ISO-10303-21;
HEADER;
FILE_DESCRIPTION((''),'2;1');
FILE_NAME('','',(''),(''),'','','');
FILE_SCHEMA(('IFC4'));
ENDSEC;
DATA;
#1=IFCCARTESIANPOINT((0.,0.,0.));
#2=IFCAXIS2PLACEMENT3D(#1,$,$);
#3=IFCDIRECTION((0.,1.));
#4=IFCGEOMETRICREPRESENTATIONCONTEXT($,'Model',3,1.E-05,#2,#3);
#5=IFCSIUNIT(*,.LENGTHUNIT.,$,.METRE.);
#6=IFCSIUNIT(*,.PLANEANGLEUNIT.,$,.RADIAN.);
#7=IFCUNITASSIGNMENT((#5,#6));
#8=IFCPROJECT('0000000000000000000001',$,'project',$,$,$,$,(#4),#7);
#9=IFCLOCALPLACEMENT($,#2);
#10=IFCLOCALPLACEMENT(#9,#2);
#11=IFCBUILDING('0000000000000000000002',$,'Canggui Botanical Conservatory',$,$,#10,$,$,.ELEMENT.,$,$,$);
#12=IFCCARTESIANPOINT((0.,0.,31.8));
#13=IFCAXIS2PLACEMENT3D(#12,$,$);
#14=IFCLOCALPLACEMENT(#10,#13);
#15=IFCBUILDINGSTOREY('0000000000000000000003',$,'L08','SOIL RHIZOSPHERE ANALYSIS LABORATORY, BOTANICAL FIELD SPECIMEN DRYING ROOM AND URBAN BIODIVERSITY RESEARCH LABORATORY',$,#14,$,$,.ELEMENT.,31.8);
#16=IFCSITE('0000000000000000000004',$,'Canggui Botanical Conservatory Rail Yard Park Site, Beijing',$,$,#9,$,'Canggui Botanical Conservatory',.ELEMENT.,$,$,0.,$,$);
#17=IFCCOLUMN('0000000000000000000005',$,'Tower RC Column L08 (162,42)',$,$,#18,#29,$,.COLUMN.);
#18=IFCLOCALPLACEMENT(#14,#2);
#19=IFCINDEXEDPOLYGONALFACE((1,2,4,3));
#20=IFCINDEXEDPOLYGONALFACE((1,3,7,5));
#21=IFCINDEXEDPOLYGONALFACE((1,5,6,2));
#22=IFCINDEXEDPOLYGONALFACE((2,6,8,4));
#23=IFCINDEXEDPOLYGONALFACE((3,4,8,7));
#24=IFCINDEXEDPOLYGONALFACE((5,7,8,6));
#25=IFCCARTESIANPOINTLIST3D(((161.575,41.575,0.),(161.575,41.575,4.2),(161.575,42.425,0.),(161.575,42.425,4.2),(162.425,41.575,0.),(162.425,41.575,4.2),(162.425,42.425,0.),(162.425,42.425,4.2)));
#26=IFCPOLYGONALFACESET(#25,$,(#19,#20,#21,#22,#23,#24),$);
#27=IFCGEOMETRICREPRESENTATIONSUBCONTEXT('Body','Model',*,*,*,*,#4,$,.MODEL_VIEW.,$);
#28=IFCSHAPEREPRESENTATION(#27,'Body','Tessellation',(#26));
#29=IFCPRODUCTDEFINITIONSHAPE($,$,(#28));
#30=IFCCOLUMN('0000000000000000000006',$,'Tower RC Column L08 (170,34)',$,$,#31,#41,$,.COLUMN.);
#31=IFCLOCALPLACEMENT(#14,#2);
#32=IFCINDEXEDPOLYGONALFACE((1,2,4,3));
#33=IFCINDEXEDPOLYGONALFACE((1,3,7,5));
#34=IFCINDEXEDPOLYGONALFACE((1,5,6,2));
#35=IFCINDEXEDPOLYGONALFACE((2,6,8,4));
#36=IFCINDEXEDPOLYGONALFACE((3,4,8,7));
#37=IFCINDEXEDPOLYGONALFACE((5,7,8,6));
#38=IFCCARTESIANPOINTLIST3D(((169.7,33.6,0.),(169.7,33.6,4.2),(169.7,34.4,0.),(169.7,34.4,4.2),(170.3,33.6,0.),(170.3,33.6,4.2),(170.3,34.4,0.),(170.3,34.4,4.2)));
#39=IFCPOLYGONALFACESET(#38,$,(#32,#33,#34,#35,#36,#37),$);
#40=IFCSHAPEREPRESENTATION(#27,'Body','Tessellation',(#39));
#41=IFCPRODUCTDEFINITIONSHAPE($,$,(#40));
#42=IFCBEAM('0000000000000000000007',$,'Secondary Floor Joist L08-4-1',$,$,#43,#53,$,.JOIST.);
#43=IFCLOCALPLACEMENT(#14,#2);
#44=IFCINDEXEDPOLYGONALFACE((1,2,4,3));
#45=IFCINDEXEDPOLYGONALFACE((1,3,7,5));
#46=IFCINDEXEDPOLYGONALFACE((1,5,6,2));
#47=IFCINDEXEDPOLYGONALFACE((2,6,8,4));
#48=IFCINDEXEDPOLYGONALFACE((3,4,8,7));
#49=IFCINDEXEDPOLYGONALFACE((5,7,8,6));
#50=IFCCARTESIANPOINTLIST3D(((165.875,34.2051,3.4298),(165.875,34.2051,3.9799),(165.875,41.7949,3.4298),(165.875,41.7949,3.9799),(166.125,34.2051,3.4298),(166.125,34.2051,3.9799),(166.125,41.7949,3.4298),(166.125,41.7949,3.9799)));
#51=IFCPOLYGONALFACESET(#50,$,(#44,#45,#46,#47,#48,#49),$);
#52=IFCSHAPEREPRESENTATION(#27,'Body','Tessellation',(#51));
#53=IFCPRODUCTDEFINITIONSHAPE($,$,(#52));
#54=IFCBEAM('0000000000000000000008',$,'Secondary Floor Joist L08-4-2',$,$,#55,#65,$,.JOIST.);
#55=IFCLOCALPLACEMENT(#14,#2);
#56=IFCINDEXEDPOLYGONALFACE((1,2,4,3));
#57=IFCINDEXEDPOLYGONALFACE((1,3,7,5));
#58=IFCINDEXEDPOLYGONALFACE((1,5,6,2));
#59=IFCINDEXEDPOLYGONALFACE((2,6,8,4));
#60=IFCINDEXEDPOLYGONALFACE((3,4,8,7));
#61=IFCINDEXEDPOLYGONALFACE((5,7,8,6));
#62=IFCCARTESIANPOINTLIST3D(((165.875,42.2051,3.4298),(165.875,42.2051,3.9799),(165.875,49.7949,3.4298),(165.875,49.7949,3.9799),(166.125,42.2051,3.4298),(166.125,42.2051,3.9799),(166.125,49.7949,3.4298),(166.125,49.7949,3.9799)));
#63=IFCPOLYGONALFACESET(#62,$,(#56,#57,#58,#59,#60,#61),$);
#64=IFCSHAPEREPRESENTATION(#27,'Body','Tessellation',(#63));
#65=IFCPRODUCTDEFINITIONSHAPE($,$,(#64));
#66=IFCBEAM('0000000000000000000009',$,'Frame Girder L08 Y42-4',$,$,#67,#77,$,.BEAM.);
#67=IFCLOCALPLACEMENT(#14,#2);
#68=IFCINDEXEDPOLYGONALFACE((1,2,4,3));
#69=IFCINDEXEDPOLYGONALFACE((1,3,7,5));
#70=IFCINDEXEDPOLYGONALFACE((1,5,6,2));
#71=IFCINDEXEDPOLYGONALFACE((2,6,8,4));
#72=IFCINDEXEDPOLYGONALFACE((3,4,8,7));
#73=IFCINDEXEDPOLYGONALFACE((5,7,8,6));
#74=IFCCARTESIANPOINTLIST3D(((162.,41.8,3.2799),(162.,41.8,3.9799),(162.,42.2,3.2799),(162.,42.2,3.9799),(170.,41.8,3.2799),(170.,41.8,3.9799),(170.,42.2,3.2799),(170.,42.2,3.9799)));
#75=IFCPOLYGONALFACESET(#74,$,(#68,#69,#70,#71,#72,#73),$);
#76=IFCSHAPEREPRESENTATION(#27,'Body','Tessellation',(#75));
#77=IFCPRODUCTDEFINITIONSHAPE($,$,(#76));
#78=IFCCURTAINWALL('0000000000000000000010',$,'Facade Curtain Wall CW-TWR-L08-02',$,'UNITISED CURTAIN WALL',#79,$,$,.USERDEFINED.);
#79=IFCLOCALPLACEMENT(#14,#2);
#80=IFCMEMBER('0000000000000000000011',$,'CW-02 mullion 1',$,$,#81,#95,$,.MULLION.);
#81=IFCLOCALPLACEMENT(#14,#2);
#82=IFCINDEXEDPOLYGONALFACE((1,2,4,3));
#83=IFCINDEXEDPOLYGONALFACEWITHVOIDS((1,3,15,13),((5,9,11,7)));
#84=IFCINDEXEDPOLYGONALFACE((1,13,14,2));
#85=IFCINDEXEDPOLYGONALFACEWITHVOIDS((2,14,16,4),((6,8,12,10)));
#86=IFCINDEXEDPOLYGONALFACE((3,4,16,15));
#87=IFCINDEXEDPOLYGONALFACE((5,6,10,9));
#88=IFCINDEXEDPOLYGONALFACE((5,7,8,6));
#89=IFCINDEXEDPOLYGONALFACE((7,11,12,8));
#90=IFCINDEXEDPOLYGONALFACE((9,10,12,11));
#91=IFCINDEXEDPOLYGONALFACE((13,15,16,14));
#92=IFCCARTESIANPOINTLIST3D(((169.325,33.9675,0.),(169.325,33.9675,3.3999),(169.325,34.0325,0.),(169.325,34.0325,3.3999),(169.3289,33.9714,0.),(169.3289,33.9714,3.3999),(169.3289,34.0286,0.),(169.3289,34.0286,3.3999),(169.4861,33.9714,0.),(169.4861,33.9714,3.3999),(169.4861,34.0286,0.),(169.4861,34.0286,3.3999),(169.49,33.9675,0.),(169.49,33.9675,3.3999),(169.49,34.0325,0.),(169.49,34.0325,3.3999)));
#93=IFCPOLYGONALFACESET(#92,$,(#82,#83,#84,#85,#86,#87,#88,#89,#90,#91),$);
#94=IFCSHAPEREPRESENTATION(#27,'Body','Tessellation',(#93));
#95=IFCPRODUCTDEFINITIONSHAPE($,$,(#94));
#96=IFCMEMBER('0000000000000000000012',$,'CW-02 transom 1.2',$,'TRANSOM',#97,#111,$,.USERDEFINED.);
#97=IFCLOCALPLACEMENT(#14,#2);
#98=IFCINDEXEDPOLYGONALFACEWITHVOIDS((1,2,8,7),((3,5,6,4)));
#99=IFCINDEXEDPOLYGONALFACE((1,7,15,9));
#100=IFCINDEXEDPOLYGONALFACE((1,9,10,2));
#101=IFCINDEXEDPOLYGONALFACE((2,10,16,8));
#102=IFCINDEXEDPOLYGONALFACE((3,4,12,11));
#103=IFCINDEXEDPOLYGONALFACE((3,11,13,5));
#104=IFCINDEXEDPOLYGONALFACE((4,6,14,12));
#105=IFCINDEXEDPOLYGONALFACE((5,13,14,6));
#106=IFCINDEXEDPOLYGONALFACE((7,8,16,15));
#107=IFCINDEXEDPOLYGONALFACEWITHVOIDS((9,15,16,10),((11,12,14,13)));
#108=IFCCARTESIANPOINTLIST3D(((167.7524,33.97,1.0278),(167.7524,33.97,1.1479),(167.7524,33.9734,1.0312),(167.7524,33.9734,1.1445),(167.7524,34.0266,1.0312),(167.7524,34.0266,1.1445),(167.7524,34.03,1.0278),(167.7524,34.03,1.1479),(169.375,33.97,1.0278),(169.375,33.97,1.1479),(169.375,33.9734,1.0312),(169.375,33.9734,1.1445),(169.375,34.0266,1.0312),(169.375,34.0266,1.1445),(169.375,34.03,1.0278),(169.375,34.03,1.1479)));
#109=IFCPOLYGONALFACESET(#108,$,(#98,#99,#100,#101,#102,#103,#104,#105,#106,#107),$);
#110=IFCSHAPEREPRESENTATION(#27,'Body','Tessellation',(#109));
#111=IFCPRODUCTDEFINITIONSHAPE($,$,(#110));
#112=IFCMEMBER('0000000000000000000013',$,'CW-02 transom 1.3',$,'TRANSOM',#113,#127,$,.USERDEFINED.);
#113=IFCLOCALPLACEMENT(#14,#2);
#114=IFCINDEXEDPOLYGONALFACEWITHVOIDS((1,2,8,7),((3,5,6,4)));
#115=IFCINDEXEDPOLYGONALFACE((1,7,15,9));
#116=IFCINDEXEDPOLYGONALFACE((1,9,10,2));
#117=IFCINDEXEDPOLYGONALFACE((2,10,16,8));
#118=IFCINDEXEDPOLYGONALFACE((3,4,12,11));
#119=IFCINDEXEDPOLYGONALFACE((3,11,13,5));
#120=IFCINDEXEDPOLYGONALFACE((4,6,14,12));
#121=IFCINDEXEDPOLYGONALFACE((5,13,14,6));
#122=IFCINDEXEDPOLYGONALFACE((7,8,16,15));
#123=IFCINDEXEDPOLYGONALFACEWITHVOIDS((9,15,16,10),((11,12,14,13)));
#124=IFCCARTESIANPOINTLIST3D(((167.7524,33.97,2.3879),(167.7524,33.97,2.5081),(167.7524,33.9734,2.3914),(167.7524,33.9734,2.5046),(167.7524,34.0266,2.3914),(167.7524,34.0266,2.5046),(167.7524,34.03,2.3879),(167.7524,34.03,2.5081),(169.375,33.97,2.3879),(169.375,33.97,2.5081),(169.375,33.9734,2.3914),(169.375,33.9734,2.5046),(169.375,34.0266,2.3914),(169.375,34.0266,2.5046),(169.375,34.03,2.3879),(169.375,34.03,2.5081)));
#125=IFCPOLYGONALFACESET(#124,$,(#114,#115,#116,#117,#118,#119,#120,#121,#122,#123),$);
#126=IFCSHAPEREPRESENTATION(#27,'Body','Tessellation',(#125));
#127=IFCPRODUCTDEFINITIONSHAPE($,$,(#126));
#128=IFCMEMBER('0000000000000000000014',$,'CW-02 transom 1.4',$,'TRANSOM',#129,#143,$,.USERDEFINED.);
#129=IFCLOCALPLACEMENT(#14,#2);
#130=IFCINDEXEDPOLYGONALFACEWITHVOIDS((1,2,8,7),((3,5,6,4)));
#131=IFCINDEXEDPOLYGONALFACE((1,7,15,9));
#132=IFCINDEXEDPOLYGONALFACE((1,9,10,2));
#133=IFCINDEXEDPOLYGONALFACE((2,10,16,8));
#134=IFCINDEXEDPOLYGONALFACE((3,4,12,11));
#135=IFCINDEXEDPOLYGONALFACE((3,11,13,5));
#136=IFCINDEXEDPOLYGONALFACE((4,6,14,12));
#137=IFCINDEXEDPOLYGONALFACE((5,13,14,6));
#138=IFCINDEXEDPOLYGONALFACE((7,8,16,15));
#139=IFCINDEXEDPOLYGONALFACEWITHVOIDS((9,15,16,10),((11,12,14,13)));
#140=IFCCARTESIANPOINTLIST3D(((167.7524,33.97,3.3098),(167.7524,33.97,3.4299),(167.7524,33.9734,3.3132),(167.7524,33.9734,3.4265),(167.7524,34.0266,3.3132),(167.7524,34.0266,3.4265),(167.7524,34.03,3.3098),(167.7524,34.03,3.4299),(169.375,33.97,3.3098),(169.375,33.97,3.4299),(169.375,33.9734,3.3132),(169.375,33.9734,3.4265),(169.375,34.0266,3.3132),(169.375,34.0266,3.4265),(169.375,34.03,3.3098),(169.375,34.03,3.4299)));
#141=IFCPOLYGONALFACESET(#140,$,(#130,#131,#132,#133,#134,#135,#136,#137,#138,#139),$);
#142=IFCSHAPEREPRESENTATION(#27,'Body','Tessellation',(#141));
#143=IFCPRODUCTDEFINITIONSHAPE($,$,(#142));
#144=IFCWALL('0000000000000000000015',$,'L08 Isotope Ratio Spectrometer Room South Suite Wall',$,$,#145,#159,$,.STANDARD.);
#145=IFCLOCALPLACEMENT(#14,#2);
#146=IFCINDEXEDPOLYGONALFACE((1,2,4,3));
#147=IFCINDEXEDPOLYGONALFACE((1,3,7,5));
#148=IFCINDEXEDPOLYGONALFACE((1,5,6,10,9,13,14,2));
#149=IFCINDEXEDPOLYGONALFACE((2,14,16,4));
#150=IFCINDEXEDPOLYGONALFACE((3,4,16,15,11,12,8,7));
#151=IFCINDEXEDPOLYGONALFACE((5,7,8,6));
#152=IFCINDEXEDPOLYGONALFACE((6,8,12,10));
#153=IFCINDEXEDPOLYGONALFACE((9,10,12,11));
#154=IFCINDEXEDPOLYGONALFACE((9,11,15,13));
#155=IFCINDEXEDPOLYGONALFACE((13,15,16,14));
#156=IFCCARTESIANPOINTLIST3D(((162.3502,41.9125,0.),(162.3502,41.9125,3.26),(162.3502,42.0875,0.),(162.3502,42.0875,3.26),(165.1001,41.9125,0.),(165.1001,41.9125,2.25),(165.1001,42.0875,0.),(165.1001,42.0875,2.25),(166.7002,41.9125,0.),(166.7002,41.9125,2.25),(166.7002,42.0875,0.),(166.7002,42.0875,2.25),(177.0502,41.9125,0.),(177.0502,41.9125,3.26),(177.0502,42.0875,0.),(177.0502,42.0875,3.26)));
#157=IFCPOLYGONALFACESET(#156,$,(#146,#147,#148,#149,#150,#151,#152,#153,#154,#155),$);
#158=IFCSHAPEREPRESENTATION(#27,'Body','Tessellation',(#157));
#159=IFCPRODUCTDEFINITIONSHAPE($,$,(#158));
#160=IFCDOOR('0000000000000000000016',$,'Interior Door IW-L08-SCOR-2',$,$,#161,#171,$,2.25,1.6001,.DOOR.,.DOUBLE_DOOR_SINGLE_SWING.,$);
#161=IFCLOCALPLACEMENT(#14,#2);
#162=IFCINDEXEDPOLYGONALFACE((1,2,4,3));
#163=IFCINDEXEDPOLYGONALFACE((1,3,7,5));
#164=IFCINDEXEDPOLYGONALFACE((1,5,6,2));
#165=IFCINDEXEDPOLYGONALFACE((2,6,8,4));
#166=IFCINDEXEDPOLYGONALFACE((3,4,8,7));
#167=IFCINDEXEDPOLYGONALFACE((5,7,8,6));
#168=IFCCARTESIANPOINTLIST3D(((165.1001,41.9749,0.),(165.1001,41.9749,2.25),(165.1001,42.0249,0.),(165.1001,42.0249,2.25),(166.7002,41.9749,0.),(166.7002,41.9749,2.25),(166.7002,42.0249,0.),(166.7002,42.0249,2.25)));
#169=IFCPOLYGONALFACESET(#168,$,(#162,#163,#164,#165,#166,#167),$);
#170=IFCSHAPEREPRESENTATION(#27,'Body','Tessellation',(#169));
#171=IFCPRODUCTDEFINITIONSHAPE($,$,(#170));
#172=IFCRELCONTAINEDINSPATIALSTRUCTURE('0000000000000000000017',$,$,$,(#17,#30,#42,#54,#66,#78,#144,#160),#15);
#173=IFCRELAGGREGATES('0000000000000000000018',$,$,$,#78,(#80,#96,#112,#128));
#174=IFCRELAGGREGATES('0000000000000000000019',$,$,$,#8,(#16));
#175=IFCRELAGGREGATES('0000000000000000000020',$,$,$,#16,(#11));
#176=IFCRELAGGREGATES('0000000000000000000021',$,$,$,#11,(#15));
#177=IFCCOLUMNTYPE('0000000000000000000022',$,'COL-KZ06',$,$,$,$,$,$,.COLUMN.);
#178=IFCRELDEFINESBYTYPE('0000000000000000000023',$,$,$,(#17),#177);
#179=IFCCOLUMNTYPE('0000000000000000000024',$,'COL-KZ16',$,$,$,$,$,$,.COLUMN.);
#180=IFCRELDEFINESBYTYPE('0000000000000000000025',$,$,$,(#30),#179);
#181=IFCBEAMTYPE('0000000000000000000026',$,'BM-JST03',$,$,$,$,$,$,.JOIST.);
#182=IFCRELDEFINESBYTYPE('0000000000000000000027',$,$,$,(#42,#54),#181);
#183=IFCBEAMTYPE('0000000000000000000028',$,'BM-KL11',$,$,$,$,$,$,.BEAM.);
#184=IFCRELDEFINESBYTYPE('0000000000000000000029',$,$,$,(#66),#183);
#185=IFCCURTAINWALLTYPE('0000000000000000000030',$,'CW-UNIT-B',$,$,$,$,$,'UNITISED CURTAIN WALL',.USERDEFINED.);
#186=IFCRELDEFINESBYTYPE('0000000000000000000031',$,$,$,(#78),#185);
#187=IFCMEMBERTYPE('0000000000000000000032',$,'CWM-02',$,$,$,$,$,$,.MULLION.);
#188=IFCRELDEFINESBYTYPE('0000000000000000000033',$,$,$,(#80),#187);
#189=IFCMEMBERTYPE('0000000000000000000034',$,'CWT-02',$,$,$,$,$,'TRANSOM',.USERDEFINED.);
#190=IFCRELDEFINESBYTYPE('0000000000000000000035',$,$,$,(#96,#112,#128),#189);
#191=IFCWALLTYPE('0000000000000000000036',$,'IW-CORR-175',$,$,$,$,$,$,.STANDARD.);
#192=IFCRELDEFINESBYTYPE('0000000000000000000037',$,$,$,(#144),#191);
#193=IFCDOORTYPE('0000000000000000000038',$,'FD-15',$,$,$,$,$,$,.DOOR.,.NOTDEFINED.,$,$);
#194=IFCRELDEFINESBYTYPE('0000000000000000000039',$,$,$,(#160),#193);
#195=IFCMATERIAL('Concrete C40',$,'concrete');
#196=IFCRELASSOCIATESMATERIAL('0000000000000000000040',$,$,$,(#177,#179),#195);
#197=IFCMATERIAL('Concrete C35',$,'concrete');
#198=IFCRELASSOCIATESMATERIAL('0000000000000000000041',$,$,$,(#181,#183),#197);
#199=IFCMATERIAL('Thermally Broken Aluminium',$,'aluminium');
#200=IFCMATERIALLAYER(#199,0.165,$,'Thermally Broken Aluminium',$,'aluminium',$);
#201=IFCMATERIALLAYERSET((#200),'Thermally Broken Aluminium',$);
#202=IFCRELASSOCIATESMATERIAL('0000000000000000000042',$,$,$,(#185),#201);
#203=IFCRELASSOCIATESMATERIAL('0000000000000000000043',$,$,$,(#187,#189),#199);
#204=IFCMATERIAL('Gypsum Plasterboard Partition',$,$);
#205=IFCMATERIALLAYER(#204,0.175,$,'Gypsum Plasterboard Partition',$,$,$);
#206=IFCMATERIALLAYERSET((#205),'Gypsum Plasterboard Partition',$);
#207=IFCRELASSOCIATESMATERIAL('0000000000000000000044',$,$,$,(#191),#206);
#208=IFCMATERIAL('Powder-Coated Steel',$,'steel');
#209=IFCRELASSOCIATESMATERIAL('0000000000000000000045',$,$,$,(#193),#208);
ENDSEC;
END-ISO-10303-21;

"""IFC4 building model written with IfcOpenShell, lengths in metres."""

from ifc_helpers import new_model, si_unit, direction, frame, frame_2d, origin, origin_2d, place, context, subcontext, project, spatial, rectangle, hollow_rectangle, extrude, material, layer, layer_set, material_profile, profile_set, type_object, element, fill, aggregate, save


model = new_model("IFC4")

# Units and contexts
model_context = context("Model", 3, precision=1e-05, world=origin(), true_north=direction((0.0, 1.0)))
body_context = subcontext(model_context, "Body", "Model", "MODEL_VIEW")
ifc_project = project(units=[si_unit("LENGTHUNIT", "METRE"), si_unit("PLANEANGLEUNIT", "RADIAN")], contexts=[model_context])

# Site, building, storey
site_placement = place(None, origin())
site = spatial("IfcSite", under=ifc_project, at=site_placement, Name="Canggui Botanical Conservatory Rail Yard Park Site, Beijing", LongName="Canggui Botanical Conservatory", CompositionType="ELEMENT", RefElevation=0.0)
building_placement = place(site_placement, origin())
building = spatial("IfcBuilding", under=site, at=building_placement, Name="Canggui Botanical Conservatory", CompositionType="ELEMENT")
storey_placement = place(building_placement, frame((0.0, 0.0, 31.8)))
storey = spatial("IfcBuildingStorey", under=building, at=storey_placement, Name="L08", Description="SOIL RHIZOSPHERE ANALYSIS LABORATORY, BOTANICAL FIELD SPECIMEN DRYING ROOM AND URBAN BIODIVERSITY RESEARCH LABORATORY", CompositionType="ELEMENT", Elevation=31.8)

# Columns
ifc_material_1 = material(Name="Concrete C40", Category="concrete")
ifc_material_profile_1 = material_profile(ifc_material_1, rectangle(XDim=0.8501, YDim=0.8501, at=origin_2d()), Name="RC 850x850")
ifc_profile_set_1 = profile_set([ifc_material_profile_1], Name="Concrete C40")
column_type_1 = type_object("IfcColumnType", Name="COL-KZ06", PredefinedType="COLUMN", material=ifc_profile_set_1)
column_1_placement = place(storey_placement, frame((162.0, 42.0, 0.0), z_axis=(0.0, 0.0, 1.0), x_axis=(1.0, 0.0, 0.0)))
element("IfcColumn", 1, at=column_1_placement, inside=storey, type_object=column_type_1, Name="Tower RC Column L08 (162,42)", PredefinedType="COLUMN", context=body_context, shape_type="SweptSolid", body=[
    extrude(rectangle(XDim=0.8501, YDim=0.8501, at=origin_2d()), origin(), (0.0, 0.0, 1.0), 4.2),
])
ifc_material_profile_2 = material_profile(ifc_material_1, rectangle(XDim=0.6001, YDim=0.8, at=origin_2d()), Name="RC 600x800")
ifc_profile_set_2 = profile_set([ifc_material_profile_2], Name="Concrete C40")
column_type_2 = type_object("IfcColumnType", Name="COL-KZ16", PredefinedType="COLUMN", material=ifc_profile_set_2)
column_2_placement = place(storey_placement, frame((170.0, 34.0, 0.0), z_axis=(0.0, 0.0, 1.0), x_axis=(1.0, 0.0, 0.0)))
element("IfcColumn", 2, at=column_2_placement, inside=storey, type_object=column_type_2, Name="Tower RC Column L08 (170,34)", PredefinedType="COLUMN", context=body_context, shape_type="SweptSolid", body=[
    extrude(rectangle(XDim=0.6001, YDim=0.8, at=origin_2d()), origin(), (0.0, 0.0, 1.0), 4.2),
])

# Beams
ifc_material_2 = material(Name="Concrete C35", Category="concrete")
ifc_material_profile_3 = material_profile(ifc_material_2, rectangle(XDim=0.25, YDim=0.55, at=origin_2d()), Name="RB 250x550")
ifc_profile_set_3 = profile_set([ifc_material_profile_3], Name="Concrete C35")
beam_type_1 = type_object("IfcBeamType", Name="BM-JST03", PredefinedType="JOIST", material=ifc_profile_set_3)
for number, where, z_axis, x_axis, name in (
    (3, (166.0, 34.2051, 3.7048), (0.0, 1.0, 0.0), (-1.0, 0.0, 0.0), "Secondary Floor Joist L08-4-1"),
    (4, (166.0, 42.2051, 3.7048), (0.0, 1.0, 0.0), (-1.0, 0.0, 0.0), "Secondary Floor Joist L08-4-2"),
):
    element("IfcBeam", number, at=place(storey_placement, frame(where, z_axis=z_axis, x_axis=x_axis)), inside=storey, type_object=beam_type_1, Name=name, PredefinedType="JOIST", context=body_context, shape_type="SweptSolid", body=[
        extrude(rectangle(XDim=0.25, YDim=0.55, at=origin_2d()), origin(), (0.0, 0.0, 1.0), 7.5898),
    ])
ifc_material_profile_4 = material_profile(ifc_material_2, rectangle(XDim=0.3999, YDim=0.7, at=origin_2d()), Name="RB 400x700")
ifc_profile_set_4 = profile_set([ifc_material_profile_4], Name="Concrete C35")
beam_type_2 = type_object("IfcBeamType", Name="BM-KL11", PredefinedType="BEAM", material=ifc_profile_set_4)
beam_placement = place(storey_placement, frame((162.0, 42.0, 3.6299), z_axis=(1.0, 0.0, 0.0), x_axis=(0.0, 1.0, 0.0)))
element("IfcBeam", 5, at=beam_placement, inside=storey, type_object=beam_type_2, Name="Frame Girder L08 Y42-4", PredefinedType="BEAM", context=body_context, shape_type="SweptSolid", body=[
    extrude(rectangle(XDim=0.3999, YDim=0.7, at=origin_2d()), origin(), (0.0, 0.0, 1.0), 8.0),
])

# Curtain wall, members
ifc_material_3 = material(Name="Thermally Broken Aluminium", Category="aluminium")
ifc_layer_1 = layer(ifc_material_3, 0.165, Name="Thermally Broken Aluminium", Category="aluminium")
ifc_layer_set_1 = layer_set([ifc_layer_1], Name="Thermally Broken Aluminium")
curtain_wall_type = type_object("IfcCurtainWallType", Name="CW-UNIT-B", ElementType="UNITISED CURTAIN WALL", PredefinedType="USERDEFINED", material=ifc_layer_set_1)
curtain_wall_placement = place(storey_placement, origin())
curtain_wall = element("IfcCurtainWall", 6, at=curtain_wall_placement, inside=storey, type_object=curtain_wall_type, Name="Facade Curtain Wall CW-TWR-L08-02", ObjectType="UNITISED CURTAIN WALL", PredefinedType="USERDEFINED")
ifc_material_profile_5 = material_profile(ifc_material_3, hollow_rectangle(XDim=0.0649, YDim=0.165, WallThickness=0.0039, at=origin_2d()), Name="CWM 65x165x4")
ifc_profile_set_5 = profile_set([ifc_material_profile_5], Name="Thermally Broken Aluminium")
member_type_1 = type_object("IfcMemberType", Name="CWM-02", PredefinedType="MULLION", material=ifc_profile_set_5)
member_1_placement = place(storey_placement, frame((169.4075, 34.0, 0.0), z_axis=(0.0, 0.0, 1.0), x_axis=(0.0, -1.0, 0.0)))
member_1 = element("IfcMember", 7, at=member_1_placement, type_object=member_type_1, Name="CW-02 mullion 1", PredefinedType="MULLION", context=body_context, shape_type="SweptSolid", body=[
    extrude(hollow_rectangle(XDim=0.0649, YDim=0.165, WallThickness=0.0039, at=origin_2d()), origin(), (0.0, 0.0, 1.0), 3.3999),
])
ifc_material_profile_6 = material_profile(ifc_material_3, hollow_rectangle(XDim=0.0601, YDim=0.1201, WallThickness=0.0034, at=origin_2d()), Name="CWT 60x120x3.5")
ifc_profile_set_6 = profile_set([ifc_material_profile_6], Name="Thermally Broken Aluminium")
member_type_2 = type_object("IfcMemberType", Name="CWT-02", ElementType="TRANSOM", PredefinedType="USERDEFINED", material=ifc_profile_set_6)
member_2_placement = place(storey_placement, frame((169.375, 34.0, 1.0879), z_axis=(-1.0, 0.0, 0.0), x_axis=(0.0, -1.0, 0.0)))
member_2 = element("IfcMember", 8, at=member_2_placement, type_object=member_type_2, Name="CW-02 transom 1.2", ObjectType="TRANSOM", PredefinedType="USERDEFINED", context=body_context, shape_type="SweptSolid", body=[
    extrude(hollow_rectangle(XDim=0.0601, YDim=0.1201, WallThickness=0.0034, at=origin_2d()), origin(), (0.0, 0.0, 1.0), 1.6226),
])
member_3_placement = place(storey_placement, frame((169.375, 34.0, 2.448), z_axis=(-1.0, 0.0, 0.0), x_axis=(0.0, -1.0, 0.0)))
member_3 = element("IfcMember", 9, at=member_3_placement, type_object=member_type_2, Name="CW-02 transom 1.3", ObjectType="TRANSOM", PredefinedType="USERDEFINED", context=body_context, shape_type="SweptSolid", body=[
    extrude(hollow_rectangle(XDim=0.0601, YDim=0.1201, WallThickness=0.0034, at=origin_2d()), origin(), (0.0, 0.0, 1.0), 1.6226),
])
member_4_placement = place(storey_placement, frame((169.375, 34.0, 3.3699), z_axis=(-1.0, 0.0, 0.0), x_axis=(0.0, -1.0, 0.0)))
member_4 = element("IfcMember", 10, at=member_4_placement, type_object=member_type_2, Name="CW-02 transom 1.4", ObjectType="TRANSOM", PredefinedType="USERDEFINED", context=body_context, shape_type="SweptSolid", body=[
    extrude(hollow_rectangle(XDim=0.0601, YDim=0.1201, WallThickness=0.0034, at=origin_2d()), origin(), (0.0, 0.0, 1.0), 1.6226),
])
aggregate(curtain_wall, [member_1, member_2, member_3, member_4])

# Wall, opening, door
ifc_material_4 = material(Name="Gypsum Plasterboard Partition")
ifc_layer_2 = layer(ifc_material_4, 0.175, Name="Gypsum Plasterboard Partition")
ifc_layer_set_2 = layer_set([ifc_layer_2], Name="Gypsum Plasterboard Partition")
wall_type_1 = type_object("IfcWallType", Name="IW-CORR-175", PredefinedType="STANDARD", material=ifc_layer_set_2)
wall_1_placement = place(storey_placement, frame((162.3501, 42.0, 0.0), z_axis=(0.0, 0.0, 1.0), x_axis=(1.0, 0.0, 0.0)))
wall_1 = element("IfcWall", 11, at=wall_1_placement, inside=storey, type_object=wall_type_1, Name="L08 Isotope Ratio Spectrometer Room South Suite Wall", PredefinedType="STANDARD", context=body_context, shape_type="SweptSolid", body=[
    extrude(rectangle(XDim=14.7, YDim=0.175, at=frame_2d((7.3501, 0.0))), origin(), (0.0, 0.0, 1.0), 3.26),
])
opening_1_placement = place(wall_1_placement, frame((2.75, 0.0, 0.0)))
opening_1 = element("IfcOpeningElement", 12, at=opening_1_placement, cuts=wall_1, PredefinedType="OPENING", context=body_context, shape_type="SweptSolid", body=[
    extrude(rectangle(XDim=1.6001, YDim=2.25, at=frame_2d((0.8, 1.125))), frame((0.0, 0.0977, 0.0), z_axis=(0.0, -1.0, 0.0), x_axis=(1.0, 0.0, 0.0)), (0.0, 0.0, 1.0), 0.1951),
])
ifc_material_5 = material(Name="Powder-Coated Steel", Category="steel")
door_type_1 = type_object("IfcDoorType", Name="FD-15", OperationType="NOTDEFINED", PredefinedType="DOOR", material=ifc_material_5)
door_1_placement = place(opening_1_placement, origin())
door_1 = element("IfcDoor", 13, at=door_1_placement, inside=storey, type_object=door_type_1, Name="Interior Door IW-L08-SCOR-2", OperationType="DOUBLE_DOOR_SINGLE_SWING", OverallHeight=2.25, OverallWidth=1.6001, PredefinedType="DOOR", context=body_context, shape_type="SweptSolid", body=[
    extrude(rectangle(XDim=1.6001, YDim=2.25, at=frame_2d((0.8, 1.125))), frame((0.0, 0.0249, 0.0), z_axis=(0.0, -1.0, 0.0), x_axis=(1.0, 0.0, 0.0)), (0.0, 0.0, 1.0), 0.05),
])
fill(opening_1, door_1)

save(model, "model.ifc")
